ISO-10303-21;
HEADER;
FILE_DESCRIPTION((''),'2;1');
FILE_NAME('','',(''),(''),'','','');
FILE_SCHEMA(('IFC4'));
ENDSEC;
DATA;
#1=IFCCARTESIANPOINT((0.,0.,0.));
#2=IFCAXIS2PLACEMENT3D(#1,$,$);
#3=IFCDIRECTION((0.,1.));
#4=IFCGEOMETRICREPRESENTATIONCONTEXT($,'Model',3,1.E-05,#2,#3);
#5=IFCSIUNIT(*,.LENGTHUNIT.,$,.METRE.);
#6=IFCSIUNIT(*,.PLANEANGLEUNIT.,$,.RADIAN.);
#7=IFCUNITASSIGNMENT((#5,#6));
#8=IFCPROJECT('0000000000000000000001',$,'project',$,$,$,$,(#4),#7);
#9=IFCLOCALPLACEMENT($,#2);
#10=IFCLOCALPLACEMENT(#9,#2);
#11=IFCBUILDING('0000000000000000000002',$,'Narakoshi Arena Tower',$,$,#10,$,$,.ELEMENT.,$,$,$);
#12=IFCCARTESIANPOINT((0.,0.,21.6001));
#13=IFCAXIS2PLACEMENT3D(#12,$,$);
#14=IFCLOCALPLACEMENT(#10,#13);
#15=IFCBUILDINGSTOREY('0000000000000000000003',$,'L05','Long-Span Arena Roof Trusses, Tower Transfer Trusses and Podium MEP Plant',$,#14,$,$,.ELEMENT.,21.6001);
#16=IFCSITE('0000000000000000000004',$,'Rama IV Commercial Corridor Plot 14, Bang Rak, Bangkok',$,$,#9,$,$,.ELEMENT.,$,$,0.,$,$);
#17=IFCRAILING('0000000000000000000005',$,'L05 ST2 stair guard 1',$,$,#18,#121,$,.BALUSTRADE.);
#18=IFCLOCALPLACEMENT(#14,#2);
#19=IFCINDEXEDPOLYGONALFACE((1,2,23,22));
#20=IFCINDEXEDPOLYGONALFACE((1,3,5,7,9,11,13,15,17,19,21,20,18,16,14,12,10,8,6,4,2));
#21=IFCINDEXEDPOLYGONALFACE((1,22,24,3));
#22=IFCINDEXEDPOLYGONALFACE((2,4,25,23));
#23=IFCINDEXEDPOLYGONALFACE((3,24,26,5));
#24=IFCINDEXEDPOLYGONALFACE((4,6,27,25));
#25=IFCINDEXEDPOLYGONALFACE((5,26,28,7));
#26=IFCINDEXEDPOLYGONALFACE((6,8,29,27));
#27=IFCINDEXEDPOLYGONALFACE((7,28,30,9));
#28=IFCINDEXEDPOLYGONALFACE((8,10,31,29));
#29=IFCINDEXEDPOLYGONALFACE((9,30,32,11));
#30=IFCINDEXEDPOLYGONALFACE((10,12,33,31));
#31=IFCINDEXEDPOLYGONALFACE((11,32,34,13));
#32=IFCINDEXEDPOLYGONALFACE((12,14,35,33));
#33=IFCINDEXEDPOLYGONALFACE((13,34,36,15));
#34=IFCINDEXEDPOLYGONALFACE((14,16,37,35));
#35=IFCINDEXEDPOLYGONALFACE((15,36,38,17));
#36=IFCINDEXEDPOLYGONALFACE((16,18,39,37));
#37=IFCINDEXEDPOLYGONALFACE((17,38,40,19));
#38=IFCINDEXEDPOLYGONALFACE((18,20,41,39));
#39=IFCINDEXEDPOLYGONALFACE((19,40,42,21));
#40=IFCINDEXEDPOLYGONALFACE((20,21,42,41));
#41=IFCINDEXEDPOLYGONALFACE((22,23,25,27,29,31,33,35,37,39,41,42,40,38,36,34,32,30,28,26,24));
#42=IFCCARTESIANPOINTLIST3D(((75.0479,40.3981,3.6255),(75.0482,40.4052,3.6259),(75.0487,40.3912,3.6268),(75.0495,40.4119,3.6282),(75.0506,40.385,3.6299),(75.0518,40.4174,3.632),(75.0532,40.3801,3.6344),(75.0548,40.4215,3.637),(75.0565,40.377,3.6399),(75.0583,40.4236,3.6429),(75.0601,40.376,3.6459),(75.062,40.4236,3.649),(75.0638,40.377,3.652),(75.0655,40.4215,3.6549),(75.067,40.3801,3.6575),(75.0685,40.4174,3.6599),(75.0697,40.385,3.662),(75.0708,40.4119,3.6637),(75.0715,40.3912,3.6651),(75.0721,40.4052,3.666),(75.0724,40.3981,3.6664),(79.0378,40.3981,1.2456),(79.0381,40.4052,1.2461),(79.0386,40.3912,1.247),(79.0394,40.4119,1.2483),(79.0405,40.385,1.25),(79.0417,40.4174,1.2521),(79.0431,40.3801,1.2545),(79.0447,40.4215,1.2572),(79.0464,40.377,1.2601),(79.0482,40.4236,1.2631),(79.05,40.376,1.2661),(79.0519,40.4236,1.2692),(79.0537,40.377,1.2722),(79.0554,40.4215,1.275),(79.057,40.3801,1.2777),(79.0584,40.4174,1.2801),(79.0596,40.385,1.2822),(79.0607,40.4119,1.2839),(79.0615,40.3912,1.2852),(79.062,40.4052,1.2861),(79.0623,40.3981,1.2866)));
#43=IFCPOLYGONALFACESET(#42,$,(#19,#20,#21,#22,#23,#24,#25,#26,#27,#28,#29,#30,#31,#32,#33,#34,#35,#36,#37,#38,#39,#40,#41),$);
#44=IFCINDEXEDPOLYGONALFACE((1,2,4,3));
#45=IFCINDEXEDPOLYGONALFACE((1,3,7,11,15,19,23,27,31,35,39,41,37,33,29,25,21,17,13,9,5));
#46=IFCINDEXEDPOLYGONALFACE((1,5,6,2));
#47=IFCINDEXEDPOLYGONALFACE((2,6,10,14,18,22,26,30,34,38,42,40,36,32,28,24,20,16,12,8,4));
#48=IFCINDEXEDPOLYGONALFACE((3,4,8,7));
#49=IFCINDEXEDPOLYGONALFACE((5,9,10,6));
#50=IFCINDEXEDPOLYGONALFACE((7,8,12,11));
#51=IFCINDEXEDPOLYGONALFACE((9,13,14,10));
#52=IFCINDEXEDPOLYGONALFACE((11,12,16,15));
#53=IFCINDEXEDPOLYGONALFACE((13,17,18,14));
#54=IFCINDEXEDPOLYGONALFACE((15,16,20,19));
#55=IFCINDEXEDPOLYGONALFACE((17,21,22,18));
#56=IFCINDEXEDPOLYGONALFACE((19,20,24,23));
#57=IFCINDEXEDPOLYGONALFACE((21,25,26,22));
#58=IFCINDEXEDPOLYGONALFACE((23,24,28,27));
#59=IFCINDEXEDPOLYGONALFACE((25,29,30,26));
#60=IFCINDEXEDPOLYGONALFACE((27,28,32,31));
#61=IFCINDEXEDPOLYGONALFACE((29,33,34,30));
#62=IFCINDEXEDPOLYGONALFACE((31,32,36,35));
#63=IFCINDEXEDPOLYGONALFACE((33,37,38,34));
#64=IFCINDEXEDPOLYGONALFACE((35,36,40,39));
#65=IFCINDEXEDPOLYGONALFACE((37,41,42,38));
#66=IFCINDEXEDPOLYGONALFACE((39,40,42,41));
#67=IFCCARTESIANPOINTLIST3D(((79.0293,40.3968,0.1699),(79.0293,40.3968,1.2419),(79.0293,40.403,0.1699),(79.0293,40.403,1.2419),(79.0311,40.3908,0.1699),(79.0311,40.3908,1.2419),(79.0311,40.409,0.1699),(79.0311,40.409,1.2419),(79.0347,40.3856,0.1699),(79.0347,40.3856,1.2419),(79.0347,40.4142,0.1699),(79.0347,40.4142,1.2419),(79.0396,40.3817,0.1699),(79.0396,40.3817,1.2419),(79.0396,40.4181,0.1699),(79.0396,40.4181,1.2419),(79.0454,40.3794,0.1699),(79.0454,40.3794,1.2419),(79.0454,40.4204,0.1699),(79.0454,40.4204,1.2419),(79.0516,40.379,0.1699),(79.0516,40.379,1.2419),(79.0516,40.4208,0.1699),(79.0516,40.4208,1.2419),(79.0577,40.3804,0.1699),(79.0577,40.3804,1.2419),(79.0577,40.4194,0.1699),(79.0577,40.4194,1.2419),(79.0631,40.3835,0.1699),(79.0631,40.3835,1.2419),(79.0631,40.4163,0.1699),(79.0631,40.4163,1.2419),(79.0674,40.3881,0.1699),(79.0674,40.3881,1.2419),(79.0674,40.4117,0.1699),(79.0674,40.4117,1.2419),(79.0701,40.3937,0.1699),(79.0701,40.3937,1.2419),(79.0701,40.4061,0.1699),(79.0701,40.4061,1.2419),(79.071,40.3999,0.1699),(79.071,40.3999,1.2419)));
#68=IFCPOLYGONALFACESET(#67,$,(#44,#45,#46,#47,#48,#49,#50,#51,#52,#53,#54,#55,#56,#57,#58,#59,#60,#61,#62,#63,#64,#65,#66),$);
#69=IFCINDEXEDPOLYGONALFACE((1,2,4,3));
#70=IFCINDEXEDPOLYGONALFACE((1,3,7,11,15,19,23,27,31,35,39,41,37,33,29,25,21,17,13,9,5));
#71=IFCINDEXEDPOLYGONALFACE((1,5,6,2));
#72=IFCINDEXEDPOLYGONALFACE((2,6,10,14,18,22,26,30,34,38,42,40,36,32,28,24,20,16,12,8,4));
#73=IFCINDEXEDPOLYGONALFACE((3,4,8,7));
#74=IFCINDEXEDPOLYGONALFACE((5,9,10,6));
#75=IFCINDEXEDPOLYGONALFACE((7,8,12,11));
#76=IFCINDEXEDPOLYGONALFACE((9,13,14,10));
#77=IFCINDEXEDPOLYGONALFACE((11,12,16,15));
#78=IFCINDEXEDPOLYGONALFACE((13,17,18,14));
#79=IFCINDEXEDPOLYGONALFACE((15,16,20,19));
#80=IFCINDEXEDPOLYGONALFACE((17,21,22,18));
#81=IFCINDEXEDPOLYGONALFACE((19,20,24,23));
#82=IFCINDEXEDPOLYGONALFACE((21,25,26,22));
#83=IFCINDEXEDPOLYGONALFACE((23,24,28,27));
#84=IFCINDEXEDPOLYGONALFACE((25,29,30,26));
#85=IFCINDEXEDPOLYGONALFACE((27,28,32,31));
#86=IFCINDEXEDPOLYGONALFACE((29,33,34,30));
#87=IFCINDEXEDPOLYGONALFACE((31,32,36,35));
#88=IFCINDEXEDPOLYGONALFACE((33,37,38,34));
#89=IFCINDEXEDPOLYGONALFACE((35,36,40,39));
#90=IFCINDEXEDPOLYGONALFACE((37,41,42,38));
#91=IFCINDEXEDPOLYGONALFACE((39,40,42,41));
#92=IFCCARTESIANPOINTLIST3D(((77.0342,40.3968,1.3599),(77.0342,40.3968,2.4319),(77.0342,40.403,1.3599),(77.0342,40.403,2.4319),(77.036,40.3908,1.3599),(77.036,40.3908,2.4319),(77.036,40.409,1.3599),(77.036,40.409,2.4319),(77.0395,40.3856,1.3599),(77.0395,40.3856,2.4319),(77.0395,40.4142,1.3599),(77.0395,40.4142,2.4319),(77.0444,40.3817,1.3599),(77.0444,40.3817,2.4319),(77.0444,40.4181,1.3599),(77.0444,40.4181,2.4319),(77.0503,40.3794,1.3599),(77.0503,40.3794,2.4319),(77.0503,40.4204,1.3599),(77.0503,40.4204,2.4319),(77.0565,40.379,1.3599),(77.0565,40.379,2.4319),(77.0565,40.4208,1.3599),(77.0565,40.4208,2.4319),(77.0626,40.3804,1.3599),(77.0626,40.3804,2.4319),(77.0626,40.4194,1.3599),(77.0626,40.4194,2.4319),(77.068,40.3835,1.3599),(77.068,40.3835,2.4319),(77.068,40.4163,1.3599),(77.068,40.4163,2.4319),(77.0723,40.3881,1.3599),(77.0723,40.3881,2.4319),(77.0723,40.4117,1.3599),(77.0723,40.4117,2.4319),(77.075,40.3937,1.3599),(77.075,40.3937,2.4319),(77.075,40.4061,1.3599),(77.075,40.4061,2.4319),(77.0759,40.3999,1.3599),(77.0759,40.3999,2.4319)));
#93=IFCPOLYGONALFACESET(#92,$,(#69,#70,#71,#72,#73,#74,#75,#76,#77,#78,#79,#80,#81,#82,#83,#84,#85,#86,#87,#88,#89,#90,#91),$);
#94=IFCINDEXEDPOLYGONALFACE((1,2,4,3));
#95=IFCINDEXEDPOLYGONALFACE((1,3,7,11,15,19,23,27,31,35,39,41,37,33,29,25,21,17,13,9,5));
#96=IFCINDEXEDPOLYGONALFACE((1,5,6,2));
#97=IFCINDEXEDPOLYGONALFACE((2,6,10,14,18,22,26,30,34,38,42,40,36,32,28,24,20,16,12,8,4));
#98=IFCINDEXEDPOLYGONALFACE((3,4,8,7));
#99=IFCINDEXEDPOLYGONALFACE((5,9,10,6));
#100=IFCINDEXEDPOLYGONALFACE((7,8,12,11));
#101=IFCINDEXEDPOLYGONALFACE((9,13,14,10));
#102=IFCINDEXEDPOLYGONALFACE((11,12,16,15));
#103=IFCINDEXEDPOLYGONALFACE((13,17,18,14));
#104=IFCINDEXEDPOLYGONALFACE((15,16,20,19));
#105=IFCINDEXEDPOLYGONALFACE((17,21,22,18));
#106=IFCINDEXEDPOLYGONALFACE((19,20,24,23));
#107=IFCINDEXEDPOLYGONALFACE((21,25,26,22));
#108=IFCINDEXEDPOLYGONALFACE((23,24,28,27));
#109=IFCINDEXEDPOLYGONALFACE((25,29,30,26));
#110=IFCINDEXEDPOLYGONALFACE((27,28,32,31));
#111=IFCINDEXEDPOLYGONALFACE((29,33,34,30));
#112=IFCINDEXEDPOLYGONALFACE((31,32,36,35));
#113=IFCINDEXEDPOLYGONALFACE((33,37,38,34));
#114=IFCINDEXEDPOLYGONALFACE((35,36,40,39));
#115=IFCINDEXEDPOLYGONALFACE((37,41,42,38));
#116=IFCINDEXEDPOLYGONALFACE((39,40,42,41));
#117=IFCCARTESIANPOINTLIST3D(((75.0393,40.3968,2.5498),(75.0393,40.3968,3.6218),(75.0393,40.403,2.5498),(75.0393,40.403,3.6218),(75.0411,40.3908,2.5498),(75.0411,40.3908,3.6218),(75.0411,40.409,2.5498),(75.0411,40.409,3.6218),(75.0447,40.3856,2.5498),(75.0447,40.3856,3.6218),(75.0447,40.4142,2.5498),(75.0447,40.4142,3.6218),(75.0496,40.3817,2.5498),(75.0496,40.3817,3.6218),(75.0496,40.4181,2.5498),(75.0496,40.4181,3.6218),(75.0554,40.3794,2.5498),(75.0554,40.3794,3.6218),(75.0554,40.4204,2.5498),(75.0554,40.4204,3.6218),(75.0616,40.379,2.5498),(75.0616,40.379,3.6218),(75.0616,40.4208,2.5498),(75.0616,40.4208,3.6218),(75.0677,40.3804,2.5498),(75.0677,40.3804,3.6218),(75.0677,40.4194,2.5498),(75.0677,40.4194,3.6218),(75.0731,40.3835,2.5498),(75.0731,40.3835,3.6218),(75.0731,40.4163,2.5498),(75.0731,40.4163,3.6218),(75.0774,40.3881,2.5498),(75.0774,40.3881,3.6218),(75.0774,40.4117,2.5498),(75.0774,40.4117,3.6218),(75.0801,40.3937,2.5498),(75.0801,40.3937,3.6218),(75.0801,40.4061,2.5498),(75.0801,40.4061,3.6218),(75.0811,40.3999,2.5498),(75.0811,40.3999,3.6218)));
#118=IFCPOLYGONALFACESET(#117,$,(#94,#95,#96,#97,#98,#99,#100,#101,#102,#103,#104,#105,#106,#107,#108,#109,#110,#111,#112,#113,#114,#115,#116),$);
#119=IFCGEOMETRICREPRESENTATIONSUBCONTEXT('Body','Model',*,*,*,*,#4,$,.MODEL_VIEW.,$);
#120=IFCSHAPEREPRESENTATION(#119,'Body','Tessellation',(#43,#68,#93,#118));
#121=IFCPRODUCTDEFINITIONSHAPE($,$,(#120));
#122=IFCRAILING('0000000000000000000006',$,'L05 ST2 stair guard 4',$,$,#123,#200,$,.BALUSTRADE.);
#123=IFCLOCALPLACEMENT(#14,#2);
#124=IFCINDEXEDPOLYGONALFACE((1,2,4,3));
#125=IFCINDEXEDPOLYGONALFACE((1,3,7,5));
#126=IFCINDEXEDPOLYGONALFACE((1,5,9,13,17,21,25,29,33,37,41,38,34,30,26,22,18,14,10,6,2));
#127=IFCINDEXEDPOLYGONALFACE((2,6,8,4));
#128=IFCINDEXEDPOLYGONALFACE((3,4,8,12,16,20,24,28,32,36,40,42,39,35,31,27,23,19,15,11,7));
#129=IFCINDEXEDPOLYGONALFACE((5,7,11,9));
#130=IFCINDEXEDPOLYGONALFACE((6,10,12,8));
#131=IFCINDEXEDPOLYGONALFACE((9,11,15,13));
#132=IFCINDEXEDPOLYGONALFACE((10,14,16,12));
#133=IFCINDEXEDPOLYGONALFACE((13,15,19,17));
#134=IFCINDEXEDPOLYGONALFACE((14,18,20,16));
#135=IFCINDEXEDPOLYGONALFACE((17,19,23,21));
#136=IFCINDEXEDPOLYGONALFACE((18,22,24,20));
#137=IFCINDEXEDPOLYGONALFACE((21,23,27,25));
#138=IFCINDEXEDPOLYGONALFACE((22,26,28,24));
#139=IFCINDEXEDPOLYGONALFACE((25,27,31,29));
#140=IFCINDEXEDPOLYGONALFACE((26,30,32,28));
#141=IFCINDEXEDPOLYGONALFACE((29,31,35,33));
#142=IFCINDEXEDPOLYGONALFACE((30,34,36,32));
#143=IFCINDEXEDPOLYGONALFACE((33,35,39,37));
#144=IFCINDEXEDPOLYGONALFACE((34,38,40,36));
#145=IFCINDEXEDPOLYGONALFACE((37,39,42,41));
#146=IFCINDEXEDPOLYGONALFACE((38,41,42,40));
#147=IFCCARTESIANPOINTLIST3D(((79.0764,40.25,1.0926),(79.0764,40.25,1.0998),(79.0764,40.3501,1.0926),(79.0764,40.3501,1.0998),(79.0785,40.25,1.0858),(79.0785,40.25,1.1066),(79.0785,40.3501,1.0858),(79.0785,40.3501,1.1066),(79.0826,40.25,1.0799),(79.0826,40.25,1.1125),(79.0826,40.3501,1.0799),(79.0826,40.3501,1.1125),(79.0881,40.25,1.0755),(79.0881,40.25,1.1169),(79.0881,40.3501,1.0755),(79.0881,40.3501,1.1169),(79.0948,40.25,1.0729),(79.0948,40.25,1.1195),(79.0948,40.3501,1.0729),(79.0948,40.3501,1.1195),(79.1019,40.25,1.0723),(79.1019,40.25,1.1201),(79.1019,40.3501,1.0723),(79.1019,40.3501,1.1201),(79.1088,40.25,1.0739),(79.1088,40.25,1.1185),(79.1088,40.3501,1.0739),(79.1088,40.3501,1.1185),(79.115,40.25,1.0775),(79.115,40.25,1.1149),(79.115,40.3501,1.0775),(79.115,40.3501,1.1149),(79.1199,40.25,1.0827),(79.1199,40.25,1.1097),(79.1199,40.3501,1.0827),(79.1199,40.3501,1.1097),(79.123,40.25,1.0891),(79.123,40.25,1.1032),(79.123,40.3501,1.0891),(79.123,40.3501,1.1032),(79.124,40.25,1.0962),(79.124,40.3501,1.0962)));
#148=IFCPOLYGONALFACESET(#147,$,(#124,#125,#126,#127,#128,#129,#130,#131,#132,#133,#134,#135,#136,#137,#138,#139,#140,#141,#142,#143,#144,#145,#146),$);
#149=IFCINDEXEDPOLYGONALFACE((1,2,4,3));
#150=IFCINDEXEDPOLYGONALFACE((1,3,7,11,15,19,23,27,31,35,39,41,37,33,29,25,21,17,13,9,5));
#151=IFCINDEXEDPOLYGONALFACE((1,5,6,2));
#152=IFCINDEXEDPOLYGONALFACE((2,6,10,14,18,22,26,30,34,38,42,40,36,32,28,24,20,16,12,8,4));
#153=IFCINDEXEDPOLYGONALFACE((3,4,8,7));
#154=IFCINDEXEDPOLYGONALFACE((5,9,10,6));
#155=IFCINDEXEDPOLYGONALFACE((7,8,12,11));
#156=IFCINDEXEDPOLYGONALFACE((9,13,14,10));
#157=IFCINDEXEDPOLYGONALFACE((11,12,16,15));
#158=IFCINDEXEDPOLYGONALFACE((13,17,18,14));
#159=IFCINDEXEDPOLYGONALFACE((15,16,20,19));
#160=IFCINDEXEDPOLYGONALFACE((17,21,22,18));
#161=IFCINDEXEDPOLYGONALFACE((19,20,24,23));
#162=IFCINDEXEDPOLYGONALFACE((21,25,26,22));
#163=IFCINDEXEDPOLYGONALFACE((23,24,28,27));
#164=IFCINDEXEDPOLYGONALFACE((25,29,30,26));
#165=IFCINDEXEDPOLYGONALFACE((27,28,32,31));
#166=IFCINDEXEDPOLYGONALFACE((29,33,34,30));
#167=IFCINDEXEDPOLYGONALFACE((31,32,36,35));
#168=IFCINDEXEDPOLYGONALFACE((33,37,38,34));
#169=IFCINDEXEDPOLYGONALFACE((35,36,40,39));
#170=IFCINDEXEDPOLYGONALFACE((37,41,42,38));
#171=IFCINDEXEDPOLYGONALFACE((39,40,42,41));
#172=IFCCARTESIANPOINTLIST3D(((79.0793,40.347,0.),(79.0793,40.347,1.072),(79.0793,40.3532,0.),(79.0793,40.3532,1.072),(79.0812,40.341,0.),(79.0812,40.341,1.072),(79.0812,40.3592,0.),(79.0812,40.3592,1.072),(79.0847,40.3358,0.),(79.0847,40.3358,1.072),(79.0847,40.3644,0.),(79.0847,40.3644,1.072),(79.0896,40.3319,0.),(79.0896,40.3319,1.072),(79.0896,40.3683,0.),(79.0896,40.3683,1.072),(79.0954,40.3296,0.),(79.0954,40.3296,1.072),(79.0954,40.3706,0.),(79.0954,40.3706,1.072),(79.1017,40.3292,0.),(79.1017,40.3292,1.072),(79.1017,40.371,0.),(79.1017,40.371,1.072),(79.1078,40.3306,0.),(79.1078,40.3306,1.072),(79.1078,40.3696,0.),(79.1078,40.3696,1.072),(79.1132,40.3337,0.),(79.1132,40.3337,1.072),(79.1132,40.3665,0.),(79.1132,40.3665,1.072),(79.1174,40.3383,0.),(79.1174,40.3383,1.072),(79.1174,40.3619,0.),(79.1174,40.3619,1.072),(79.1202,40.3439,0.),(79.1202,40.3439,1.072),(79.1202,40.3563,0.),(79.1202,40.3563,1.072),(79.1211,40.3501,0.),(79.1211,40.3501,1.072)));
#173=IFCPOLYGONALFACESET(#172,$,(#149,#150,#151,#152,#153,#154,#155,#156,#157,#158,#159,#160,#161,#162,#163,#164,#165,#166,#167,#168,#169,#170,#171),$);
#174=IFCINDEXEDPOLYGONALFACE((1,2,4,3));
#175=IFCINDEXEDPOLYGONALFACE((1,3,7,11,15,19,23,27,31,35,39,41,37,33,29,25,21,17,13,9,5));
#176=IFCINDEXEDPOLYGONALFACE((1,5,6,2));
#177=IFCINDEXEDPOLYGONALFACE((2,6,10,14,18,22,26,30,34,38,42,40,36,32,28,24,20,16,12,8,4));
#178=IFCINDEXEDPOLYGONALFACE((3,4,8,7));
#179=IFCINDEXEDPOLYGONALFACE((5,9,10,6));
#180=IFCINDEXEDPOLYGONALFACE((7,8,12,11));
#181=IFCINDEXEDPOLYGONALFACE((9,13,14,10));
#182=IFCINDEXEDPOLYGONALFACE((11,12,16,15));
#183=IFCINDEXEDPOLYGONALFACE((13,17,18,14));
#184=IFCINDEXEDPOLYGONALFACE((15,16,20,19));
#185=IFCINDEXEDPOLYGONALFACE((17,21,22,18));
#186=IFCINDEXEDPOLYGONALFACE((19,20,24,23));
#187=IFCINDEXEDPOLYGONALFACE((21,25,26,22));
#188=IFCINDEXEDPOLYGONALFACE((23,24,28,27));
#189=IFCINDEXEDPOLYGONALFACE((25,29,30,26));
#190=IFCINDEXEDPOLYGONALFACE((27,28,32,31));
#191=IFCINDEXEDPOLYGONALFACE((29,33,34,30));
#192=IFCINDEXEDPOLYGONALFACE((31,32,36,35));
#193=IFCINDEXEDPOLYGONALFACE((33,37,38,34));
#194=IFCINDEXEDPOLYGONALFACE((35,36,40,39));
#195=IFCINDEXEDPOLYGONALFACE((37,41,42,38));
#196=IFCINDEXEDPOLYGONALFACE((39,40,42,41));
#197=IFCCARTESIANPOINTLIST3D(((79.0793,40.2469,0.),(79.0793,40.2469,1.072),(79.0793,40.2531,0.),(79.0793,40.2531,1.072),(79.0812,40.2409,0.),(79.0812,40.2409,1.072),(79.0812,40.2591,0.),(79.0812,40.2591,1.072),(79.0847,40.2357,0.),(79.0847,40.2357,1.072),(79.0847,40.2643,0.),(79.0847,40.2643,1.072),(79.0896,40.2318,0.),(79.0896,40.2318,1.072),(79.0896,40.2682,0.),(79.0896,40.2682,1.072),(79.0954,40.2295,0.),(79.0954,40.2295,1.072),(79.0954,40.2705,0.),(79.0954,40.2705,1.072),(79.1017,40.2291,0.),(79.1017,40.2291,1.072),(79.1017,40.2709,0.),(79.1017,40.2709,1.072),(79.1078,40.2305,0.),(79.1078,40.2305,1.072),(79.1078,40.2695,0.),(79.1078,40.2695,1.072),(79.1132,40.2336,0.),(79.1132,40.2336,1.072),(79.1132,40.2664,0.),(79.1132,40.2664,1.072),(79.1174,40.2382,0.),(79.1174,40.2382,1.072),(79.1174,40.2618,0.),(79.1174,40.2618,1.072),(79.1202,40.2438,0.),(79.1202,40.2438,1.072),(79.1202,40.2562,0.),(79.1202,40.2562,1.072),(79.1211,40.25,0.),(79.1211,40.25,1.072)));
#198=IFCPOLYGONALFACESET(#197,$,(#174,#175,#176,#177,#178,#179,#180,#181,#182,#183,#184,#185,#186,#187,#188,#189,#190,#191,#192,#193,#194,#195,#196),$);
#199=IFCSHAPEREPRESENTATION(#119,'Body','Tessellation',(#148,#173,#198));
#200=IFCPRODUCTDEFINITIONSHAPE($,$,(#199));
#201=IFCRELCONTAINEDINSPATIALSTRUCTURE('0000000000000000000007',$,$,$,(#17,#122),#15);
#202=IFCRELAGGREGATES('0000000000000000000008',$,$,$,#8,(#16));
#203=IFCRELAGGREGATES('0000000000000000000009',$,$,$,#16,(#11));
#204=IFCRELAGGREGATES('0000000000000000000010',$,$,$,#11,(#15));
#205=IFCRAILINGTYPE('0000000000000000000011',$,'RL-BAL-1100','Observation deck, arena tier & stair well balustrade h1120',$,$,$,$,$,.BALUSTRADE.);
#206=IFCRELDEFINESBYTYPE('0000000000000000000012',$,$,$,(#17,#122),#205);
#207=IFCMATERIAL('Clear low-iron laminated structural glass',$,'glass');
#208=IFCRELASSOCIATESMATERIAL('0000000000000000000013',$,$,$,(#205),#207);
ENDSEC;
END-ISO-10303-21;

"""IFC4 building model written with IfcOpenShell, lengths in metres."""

from ifc_helpers import new_model, si_unit, direction, frame, origin, origin_2d, place, context, subcontext, project, spatial, circle, extrude, material, type_object, element, save


model = new_model("IFC4")

# Units and contexts
model_context = context("Model", 3, precision=1e-05, world=origin(), true_north=direction((0.0, 1.0)))
body_context = subcontext(model_context, "Body", "Model", "MODEL_VIEW")
ifc_project = project(units=[si_unit("LENGTHUNIT", "METRE"), si_unit("PLANEANGLEUNIT", "RADIAN")], contexts=[model_context])

# Site, building, storey
site_placement = place(None, origin())
site = spatial("IfcSite", under=ifc_project, at=site_placement, Name="Rama IV Commercial Corridor Plot 14, Bang Rak, Bangkok", CompositionType="ELEMENT", RefElevation=0.0)
building_placement = place(site_placement, origin())
building = spatial("IfcBuilding", under=site, at=building_placement, Name="Narakoshi Arena Tower", CompositionType="ELEMENT")
storey_placement = place(building_placement, frame((0.0, 0.0, 21.6001)))
storey = spatial("IfcBuildingStorey", under=building, at=storey_placement, Name="L05", Description="Long-Span Arena Roof Trusses, Tower Transfer Trusses and Podium MEP Plant", CompositionType="ELEMENT", Elevation=21.6001)

# Railings
ifc_material_1 = material(Name="Clear low-iron laminated structural glass", Category="glass")
railing_type_1 = type_object("IfcRailingType", Name="RL-BAL-1100", Description="Observation deck, arena tier & stair well balustrade h1120", PredefinedType="BALUSTRADE", material=ifc_material_1)
railing_1_placement = place(storey_placement, frame((79.05, 40.3999, 0.1699)))
element("IfcRailing", 1, at=railing_1_placement, inside=storey, type_object=railing_type_1, Name="L05 ST2 stair guard 1", PredefinedType="BALUSTRADE", context=body_context, shape_type="SweptSolid", body=[
    extrude(circle(Radius=0.0239, at=origin_2d()), frame((0.0, 0.0, 1.0962), z_axis=(-0.85883, 0.0, 0.512261), x_axis=(0.0, -1.0, 0.0)), (0.0, 0.0, 1.0), 4.6458),
    extrude(circle(Radius=0.021, at=origin_2d()), origin(), (0.0, 0.0, 1.0), 1.072),
    extrude(circle(Radius=0.021, at=origin_2d()), frame((-1.9951, 0.0, 1.1899)), (0.0, 0.0, 1.0), 1.072),
    extrude(circle(Radius=0.021, at=origin_2d()), frame((-3.99, 0.0, 2.3799)), (0.0, 0.0, 1.0), 1.072),
])
railing_2_placement = place(storey_placement, frame((79.1001, 40.3501, 0.0)))
element("IfcRailing", 2, at=railing_2_placement, inside=storey, type_object=railing_type_1, Name="L05 ST2 stair guard 4", PredefinedType="BALUSTRADE", context=body_context, shape_type="SweptSolid", body=[
    extrude(circle(Radius=0.0239, at=origin_2d()), frame((0.0, 0.0, 1.0962), z_axis=(0.0, -1.0, 0.0), x_axis=(1.0, 0.0, 0.0)), (0.0, 0.0, 1.0), 0.1001),
    extrude(circle(Radius=0.021, at=origin_2d()), origin(), (0.0, 0.0, 1.0), 1.072),
    extrude(circle(Radius=0.021, at=origin_2d()), frame((0.0, -0.1001, 0.0)), (0.0, 0.0, 1.0), 1.072),
])

save(model, "model.ifc")
